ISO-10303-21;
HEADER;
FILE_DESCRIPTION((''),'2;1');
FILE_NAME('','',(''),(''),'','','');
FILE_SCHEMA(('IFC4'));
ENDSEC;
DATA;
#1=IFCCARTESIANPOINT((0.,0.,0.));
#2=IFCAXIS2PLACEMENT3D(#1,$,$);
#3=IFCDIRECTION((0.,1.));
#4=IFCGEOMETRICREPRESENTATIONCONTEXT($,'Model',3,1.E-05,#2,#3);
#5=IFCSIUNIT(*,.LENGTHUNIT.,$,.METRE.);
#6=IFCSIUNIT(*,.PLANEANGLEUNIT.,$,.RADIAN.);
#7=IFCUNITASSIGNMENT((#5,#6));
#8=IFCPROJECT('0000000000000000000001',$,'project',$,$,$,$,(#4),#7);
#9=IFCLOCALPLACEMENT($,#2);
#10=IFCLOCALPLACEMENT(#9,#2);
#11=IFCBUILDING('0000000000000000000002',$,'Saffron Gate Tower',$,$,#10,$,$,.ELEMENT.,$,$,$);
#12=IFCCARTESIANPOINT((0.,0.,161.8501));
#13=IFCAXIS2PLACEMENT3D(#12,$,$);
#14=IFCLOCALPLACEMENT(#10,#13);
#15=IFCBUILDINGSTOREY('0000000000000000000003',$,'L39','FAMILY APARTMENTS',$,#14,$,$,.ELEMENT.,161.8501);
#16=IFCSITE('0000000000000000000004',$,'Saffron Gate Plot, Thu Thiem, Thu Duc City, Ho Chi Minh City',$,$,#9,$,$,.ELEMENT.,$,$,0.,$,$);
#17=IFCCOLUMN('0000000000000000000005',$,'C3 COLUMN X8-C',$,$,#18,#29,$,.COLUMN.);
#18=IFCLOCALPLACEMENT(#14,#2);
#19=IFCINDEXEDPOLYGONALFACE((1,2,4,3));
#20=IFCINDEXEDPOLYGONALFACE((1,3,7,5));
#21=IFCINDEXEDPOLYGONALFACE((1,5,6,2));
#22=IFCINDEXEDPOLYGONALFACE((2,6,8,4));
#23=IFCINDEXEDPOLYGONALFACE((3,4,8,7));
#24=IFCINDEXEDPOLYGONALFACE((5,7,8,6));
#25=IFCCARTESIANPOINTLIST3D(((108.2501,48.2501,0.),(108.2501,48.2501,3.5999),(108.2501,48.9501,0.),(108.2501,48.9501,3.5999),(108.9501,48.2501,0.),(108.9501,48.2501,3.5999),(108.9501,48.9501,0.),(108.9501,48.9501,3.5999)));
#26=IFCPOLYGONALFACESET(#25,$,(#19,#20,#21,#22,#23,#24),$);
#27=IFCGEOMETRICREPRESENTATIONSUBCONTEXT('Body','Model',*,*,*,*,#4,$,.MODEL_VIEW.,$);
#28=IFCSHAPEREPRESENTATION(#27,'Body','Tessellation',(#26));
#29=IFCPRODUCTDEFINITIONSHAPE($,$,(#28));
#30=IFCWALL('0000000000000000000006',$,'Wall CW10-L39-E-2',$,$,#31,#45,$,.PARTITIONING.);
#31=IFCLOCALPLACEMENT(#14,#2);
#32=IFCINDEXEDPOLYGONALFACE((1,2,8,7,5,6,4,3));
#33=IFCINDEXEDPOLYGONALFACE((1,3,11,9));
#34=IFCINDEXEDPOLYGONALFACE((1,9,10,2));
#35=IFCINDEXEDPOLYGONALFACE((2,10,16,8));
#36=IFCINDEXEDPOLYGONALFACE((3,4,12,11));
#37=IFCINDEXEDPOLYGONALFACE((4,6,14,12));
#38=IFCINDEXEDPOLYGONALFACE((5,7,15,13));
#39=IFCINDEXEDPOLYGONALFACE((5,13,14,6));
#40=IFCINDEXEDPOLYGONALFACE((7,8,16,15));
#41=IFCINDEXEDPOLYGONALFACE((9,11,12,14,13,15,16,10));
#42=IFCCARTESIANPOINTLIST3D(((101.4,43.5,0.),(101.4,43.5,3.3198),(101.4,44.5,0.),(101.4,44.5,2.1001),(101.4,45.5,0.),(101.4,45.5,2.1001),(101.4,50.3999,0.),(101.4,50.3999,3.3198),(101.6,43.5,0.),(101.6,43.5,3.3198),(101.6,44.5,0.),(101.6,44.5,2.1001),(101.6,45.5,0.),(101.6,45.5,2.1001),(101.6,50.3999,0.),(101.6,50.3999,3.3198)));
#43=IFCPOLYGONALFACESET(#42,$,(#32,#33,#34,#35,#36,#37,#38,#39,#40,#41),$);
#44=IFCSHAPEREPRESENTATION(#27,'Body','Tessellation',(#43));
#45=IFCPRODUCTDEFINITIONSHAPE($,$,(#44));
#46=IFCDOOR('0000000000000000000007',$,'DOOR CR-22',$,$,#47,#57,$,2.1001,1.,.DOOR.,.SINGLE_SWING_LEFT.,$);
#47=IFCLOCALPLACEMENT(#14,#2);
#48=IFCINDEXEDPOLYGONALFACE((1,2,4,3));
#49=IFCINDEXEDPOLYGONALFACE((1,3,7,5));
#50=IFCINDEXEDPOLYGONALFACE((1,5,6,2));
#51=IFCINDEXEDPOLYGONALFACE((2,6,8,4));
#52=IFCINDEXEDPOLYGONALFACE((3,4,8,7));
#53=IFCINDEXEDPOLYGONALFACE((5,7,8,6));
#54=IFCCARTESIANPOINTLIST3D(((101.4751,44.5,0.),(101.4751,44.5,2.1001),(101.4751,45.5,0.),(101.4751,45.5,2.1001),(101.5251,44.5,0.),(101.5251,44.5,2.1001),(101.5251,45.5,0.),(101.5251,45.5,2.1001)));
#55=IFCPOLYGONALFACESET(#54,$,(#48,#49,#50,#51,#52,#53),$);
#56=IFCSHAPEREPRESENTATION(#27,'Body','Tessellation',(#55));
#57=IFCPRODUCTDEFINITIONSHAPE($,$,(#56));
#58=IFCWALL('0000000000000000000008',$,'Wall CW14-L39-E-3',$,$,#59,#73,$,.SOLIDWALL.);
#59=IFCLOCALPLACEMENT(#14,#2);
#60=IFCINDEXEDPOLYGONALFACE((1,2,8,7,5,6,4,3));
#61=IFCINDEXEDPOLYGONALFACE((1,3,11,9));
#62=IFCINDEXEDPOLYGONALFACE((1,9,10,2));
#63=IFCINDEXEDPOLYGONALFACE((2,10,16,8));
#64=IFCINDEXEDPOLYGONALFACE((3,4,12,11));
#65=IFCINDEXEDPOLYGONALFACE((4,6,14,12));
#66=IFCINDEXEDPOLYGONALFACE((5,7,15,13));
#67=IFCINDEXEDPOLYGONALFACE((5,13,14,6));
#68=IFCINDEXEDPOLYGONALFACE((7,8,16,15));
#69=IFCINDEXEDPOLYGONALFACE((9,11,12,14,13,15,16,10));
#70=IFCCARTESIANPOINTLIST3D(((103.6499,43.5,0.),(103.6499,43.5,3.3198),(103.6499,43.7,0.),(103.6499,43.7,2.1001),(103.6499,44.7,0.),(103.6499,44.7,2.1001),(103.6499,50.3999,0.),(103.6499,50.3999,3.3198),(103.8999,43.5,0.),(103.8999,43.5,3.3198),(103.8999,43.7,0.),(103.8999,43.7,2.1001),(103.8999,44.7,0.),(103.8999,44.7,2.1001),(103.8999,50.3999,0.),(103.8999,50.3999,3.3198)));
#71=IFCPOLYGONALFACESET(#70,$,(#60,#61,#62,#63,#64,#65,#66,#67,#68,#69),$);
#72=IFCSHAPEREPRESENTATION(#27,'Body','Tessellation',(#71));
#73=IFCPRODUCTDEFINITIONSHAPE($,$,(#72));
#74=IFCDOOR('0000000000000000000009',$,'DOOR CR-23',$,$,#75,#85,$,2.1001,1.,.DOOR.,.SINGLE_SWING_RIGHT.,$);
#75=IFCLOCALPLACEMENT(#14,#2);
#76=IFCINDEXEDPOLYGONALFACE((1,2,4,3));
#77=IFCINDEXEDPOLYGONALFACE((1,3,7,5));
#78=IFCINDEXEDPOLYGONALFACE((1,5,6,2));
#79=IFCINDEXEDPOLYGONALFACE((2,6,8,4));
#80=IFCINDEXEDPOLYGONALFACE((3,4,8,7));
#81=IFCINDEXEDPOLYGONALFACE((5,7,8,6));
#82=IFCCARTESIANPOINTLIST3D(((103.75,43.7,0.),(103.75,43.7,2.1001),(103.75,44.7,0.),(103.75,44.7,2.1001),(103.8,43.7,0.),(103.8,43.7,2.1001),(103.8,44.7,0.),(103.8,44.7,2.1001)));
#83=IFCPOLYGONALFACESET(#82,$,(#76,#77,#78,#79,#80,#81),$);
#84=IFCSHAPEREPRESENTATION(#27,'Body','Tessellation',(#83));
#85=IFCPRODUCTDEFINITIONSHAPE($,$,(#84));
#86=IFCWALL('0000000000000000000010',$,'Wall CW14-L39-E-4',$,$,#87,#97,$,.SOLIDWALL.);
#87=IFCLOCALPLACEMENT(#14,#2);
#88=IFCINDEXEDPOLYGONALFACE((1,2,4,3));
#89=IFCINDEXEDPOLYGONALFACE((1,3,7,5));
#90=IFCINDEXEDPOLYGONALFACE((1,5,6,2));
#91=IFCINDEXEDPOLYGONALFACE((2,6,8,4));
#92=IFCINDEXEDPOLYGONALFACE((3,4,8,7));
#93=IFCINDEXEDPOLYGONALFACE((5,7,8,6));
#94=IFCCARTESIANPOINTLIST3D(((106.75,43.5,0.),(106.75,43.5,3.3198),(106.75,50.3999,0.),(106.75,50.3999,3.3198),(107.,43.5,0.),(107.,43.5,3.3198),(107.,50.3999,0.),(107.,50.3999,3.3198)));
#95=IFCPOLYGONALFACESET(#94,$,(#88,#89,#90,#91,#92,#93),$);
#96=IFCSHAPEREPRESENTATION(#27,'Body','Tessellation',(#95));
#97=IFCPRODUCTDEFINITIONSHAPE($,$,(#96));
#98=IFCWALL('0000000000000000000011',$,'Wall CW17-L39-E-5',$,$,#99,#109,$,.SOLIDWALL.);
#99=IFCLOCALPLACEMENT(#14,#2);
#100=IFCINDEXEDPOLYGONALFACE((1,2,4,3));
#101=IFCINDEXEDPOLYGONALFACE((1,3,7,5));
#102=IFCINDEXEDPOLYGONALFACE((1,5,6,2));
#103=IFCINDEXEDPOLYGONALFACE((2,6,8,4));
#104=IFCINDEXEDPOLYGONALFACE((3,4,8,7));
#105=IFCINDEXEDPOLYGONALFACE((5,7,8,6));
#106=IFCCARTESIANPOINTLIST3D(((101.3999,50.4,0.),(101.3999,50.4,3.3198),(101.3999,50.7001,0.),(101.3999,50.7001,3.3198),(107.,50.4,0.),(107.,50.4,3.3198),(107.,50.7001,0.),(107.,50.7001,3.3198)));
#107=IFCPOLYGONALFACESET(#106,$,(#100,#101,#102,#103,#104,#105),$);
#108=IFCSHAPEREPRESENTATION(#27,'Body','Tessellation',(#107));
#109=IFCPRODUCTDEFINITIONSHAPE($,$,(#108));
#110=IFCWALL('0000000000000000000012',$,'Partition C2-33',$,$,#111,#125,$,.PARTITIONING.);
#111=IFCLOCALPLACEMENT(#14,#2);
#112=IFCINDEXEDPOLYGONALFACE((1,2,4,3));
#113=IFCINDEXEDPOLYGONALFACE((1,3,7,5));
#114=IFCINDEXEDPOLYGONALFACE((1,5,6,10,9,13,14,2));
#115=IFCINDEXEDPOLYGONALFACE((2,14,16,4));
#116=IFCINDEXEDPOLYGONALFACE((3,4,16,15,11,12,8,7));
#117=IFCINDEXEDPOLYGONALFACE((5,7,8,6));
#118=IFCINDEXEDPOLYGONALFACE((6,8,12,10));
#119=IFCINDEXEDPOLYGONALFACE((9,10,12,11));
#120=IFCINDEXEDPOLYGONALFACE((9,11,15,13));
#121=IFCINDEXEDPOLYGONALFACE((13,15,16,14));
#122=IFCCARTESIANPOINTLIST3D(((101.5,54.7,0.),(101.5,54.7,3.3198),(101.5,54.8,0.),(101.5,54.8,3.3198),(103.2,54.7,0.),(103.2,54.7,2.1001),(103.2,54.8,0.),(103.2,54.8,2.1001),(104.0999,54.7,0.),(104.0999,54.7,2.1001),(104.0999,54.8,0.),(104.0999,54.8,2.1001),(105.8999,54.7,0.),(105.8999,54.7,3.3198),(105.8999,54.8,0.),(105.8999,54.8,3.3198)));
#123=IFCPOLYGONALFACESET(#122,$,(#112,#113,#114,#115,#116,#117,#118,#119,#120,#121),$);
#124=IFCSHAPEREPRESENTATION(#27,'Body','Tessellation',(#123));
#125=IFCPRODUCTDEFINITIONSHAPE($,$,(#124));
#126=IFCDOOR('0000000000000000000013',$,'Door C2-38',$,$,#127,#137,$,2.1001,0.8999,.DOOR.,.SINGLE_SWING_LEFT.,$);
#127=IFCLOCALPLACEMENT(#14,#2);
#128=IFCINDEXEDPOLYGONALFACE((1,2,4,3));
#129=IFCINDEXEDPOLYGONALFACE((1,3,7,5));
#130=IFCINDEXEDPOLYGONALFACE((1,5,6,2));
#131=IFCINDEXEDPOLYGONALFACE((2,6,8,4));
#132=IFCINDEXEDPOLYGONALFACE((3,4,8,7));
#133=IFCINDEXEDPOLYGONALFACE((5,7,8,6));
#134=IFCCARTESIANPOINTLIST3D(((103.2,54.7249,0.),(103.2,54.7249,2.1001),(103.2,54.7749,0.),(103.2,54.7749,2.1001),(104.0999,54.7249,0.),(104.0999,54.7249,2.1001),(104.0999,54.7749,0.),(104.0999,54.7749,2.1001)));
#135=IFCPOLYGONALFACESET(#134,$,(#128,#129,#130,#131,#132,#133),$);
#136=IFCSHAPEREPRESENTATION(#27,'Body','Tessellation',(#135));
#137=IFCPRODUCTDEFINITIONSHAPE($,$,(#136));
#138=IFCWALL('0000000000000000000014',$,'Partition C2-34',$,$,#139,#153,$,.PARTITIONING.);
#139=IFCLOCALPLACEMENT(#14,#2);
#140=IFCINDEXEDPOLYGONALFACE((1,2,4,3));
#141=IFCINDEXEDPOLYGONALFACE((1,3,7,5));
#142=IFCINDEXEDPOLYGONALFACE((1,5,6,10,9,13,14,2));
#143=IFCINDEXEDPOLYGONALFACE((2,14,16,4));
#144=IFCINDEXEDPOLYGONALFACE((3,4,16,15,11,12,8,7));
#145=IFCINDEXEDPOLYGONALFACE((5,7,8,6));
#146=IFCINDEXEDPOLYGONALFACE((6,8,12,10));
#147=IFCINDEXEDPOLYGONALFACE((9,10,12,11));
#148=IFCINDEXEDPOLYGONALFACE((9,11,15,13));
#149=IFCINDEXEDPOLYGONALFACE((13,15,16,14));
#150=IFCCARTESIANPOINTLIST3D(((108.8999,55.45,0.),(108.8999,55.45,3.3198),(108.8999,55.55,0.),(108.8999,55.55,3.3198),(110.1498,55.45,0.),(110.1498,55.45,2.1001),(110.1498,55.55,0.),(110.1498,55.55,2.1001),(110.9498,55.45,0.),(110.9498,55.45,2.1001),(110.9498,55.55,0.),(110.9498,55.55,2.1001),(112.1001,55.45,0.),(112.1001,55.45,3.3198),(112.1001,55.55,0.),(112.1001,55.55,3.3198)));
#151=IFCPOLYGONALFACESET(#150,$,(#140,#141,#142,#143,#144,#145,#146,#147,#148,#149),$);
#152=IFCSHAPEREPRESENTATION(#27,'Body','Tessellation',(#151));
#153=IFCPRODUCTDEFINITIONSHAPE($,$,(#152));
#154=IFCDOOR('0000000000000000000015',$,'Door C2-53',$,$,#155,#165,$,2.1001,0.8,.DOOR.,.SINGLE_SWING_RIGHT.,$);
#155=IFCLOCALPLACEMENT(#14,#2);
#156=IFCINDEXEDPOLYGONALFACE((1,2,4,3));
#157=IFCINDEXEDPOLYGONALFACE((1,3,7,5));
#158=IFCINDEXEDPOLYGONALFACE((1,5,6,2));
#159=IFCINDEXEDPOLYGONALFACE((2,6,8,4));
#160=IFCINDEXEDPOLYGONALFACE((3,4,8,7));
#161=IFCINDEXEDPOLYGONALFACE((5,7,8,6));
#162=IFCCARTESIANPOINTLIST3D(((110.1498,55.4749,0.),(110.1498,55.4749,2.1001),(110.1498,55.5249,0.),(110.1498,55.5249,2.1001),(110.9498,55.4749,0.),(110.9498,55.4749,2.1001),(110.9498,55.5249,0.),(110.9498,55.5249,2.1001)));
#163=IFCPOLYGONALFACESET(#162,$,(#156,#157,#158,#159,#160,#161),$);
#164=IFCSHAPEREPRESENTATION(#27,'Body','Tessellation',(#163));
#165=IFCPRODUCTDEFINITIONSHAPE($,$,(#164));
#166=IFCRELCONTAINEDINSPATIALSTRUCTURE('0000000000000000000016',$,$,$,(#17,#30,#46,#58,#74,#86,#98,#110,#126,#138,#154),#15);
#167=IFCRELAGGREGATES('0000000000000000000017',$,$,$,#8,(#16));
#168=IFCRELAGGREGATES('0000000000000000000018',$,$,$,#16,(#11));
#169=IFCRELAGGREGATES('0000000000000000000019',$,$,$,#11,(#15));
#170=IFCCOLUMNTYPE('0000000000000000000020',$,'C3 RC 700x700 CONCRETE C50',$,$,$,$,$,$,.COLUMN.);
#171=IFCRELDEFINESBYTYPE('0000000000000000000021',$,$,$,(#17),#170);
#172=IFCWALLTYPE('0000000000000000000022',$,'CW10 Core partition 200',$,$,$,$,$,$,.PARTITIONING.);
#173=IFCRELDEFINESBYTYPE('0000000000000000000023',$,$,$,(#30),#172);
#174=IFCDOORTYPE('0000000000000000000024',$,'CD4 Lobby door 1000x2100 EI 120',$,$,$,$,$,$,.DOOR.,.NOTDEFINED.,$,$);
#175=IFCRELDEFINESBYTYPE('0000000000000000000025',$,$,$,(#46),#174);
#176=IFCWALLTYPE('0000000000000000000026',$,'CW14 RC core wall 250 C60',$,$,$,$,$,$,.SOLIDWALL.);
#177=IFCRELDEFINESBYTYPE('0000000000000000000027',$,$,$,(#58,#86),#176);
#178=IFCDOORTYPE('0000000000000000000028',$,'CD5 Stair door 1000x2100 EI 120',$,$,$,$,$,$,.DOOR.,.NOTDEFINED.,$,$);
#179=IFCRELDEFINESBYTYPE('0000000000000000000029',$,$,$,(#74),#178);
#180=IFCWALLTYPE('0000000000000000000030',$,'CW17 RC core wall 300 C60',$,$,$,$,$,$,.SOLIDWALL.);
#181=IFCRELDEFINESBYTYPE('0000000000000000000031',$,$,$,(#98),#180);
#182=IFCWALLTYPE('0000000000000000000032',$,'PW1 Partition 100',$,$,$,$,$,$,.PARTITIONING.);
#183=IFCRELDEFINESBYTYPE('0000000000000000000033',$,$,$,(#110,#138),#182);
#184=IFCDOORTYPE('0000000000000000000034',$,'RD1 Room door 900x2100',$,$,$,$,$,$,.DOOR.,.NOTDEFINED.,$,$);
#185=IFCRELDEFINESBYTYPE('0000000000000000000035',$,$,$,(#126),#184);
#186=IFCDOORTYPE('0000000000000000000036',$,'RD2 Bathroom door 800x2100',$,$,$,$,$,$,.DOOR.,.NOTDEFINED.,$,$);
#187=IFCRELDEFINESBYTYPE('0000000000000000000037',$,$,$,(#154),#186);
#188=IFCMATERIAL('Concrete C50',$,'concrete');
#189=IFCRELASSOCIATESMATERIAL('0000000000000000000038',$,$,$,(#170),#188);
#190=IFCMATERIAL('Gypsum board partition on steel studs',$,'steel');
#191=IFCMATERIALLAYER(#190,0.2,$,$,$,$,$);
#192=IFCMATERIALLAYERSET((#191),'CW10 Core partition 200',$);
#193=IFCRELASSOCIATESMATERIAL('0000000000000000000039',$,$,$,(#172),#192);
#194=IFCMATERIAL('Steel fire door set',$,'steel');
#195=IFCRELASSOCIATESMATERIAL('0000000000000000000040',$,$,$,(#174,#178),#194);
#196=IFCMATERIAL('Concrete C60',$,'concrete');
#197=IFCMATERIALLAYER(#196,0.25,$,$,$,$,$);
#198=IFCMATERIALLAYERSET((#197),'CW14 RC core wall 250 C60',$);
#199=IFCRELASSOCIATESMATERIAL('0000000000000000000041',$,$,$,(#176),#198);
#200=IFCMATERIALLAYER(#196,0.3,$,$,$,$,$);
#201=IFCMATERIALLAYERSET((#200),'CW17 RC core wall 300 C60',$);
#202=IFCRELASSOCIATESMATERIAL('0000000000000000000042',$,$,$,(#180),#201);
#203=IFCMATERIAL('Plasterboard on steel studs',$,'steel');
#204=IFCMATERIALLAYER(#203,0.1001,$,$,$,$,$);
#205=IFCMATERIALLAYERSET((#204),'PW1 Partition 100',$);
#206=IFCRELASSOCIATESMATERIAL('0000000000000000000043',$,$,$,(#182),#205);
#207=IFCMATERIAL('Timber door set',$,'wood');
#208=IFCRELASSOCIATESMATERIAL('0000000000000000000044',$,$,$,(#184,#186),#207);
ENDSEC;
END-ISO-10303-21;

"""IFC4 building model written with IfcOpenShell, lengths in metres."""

from ifc_helpers import new_model, si_unit, direction, frame, frame_2d, origin, origin_2d, place, context, subcontext, project, spatial, rectangle, extrude, material, layer, layer_set, material_profile, profile_set, type_object, element, fill, save


model = new_model("IFC4")

# Units and contexts
model_context = context("Model", 3, precision=1e-05, world=origin(), true_north=direction((0.0, 1.0)))
body_context = subcontext(model_context, "Body", "Model", "MODEL_VIEW")
ifc_project = project(units=[si_unit("LENGTHUNIT", "METRE"), si_unit("PLANEANGLEUNIT", "RADIAN")], contexts=[model_context])

# Site, building, storey
site_placement = place(None, origin())
site = spatial("IfcSite", under=ifc_project, at=site_placement, Name="Saffron Gate Plot, Thu Thiem, Thu Duc City, Ho Chi Minh City", CompositionType="ELEMENT", RefElevation=0.0)
building_placement = place(site_placement, origin())
building = spatial("IfcBuilding", under=site, at=building_placement, Name="Saffron Gate Tower", CompositionType="ELEMENT")
storey_placement = place(building_placement, frame((0.0, 0.0, 161.8501)))
storey = spatial("IfcBuildingStorey", under=building, at=storey_placement, Name="L39", Description="FAMILY APARTMENTS", CompositionType="ELEMENT", Elevation=161.8501)

# Column
ifc_material_1 = material(Name="Concrete C50", Category="concrete")
ifc_material_profile = material_profile(ifc_material_1, rectangle(XDim=0.7, YDim=0.7, at=origin_2d()))
ifc_profile_set = profile_set([ifc_material_profile], Name="Concrete C50")
column_type = type_object("IfcColumnType", Name="C3 RC 700x700 CONCRETE C50", PredefinedType="COLUMN", material=ifc_profile_set)
column_placement = place(storey_placement, frame((108.6001, 48.6001, 0.0), z_axis=(0.0, 0.0, 1.0), x_axis=(1.0, 0.0, 0.0)))
element("IfcColumn", 1, at=column_placement, inside=storey, type_object=column_type, Name="C3 COLUMN X8-C", PredefinedType="COLUMN", context=body_context, shape_type="SweptSolid", body=[
    extrude(rectangle(XDim=0.7, YDim=0.7, at=origin_2d()), origin(), (0.0, 0.0, 1.0), 3.5999),
])

# Walls, openings, doors
ifc_material_2 = material(Name="Gypsum board partition on steel studs", Category="steel")
ifc_layer_1 = layer(ifc_material_2, 0.2)
ifc_layer_set_1 = layer_set([ifc_layer_1], Name="CW10 Core partition 200")
wall_type_1 = type_object("IfcWallType", Name="CW10 Core partition 200", PredefinedType="PARTITIONING", material=ifc_layer_set_1)
wall_1_placement = place(storey_placement, frame((101.5, 43.5, 0.0), z_axis=(0.0, 0.0, 1.0), x_axis=(0.0, 1.0, 0.0)))
wall_1 = element("IfcWall", 2, at=wall_1_placement, inside=storey, type_object=wall_type_1, Name="Wall CW10-L39-E-2", PredefinedType="PARTITIONING", context=body_context, shape_type="SweptSolid", body=[
    extrude(rectangle(XDim=6.8999, YDim=0.2, at=frame_2d((3.45, 0.0))), origin(), (0.0, 0.0, 1.0), 3.3198),
])
opening_1_placement = place(wall_1_placement, frame((1.0, 0.0, 0.0)))
opening_1 = element("IfcOpeningElement", 3, at=opening_1_placement, cuts=wall_1, PredefinedType="OPENING", context=body_context, shape_type="SweptSolid", body=[
    extrude(rectangle(XDim=1.0, YDim=2.1001, at=frame_2d((0.5, 1.05))), frame((0.0, 0.1099, 0.0), z_axis=(0.0, -1.0, 0.0), x_axis=(1.0, 0.0, 0.0)), (0.0, 0.0, 1.0), 0.22),
])
ifc_material_3 = material(Name="Steel fire door set", Category="steel")
door_type_1 = type_object("IfcDoorType", Name="CD4 Lobby door 1000x2100 EI 120", OperationType="NOTDEFINED", PredefinedType="DOOR", material=ifc_material_3)
door_1_placement = place(opening_1_placement, origin())
door_1 = element("IfcDoor", 4, at=door_1_placement, inside=storey, type_object=door_type_1, Name="DOOR CR-22", OperationType="SINGLE_SWING_LEFT", OverallHeight=2.1001, OverallWidth=1.0, PredefinedType="DOOR", context=body_context, shape_type="SweptSolid", body=[
    extrude(rectangle(XDim=1.0, YDim=2.1001, at=frame_2d((0.5, 1.05))), frame((0.0, 0.0249, 0.0), z_axis=(0.0, -1.0, 0.0), x_axis=(1.0, 0.0, 0.0)), (0.0, 0.0, 1.0), 0.05),
])
fill(opening_1, door_1)
ifc_material_4 = material(Name="Concrete C60", Category="concrete")
ifc_layer_2 = layer(ifc_material_4, 0.25)
ifc_layer_set_2 = layer_set([ifc_layer_2], Name="CW14 RC core wall 250 C60")
wall_type_2 = type_object("IfcWallType", Name="CW14 RC core wall 250 C60", PredefinedType="SOLIDWALL", material=ifc_layer_set_2)
wall_2_placement = place(storey_placement, frame((103.7749, 43.5, 0.0), z_axis=(0.0, 0.0, 1.0), x_axis=(0.0, 1.0, 0.0)))
wall_2 = element("IfcWall", 5, at=wall_2_placement, inside=storey, type_object=wall_type_2, Name="Wall CW14-L39-E-3", PredefinedType="SOLIDWALL", context=body_context, shape_type="SweptSolid", body=[
    extrude(rectangle(XDim=6.8999, YDim=0.25, at=frame_2d((3.45, 0.0))), origin(), (0.0, 0.0, 1.0), 3.3198),
])
opening_2_placement = place(wall_2_placement, frame((0.2, 0.0, 0.0)))
opening_2 = element("IfcOpeningElement", 6, at=opening_2_placement, cuts=wall_2, PredefinedType="OPENING", context=body_context, shape_type="SweptSolid", body=[
    extrude(rectangle(XDim=1.0, YDim=2.1001, at=frame_2d((0.5, 1.05))), frame((0.0, 0.135, 0.0), z_axis=(0.0, -1.0, 0.0), x_axis=(1.0, 0.0, 0.0)), (0.0, 0.0, 1.0), 0.27),
])
door_type_2 = type_object("IfcDoorType", Name="CD5 Stair door 1000x2100 EI 120", OperationType="NOTDEFINED", PredefinedType="DOOR", material=ifc_material_3)
door_2_placement = place(opening_2_placement, origin())
door_2 = element("IfcDoor", 7, at=door_2_placement, inside=storey, type_object=door_type_2, Name="DOOR CR-23", OperationType="SINGLE_SWING_RIGHT", OverallHeight=2.1001, OverallWidth=1.0, PredefinedType="DOOR", context=body_context, shape_type="SweptSolid", body=[
    extrude(rectangle(XDim=1.0, YDim=2.1001, at=frame_2d((0.5, 1.05))), frame((0.0, 0.0249, 0.0), z_axis=(0.0, -1.0, 0.0), x_axis=(1.0, 0.0, 0.0)), (0.0, 0.0, 1.0), 0.05),
])
fill(opening_2, door_2)

# Walls
wall_3_placement = place(storey_placement, frame((106.875, 43.5, 0.0), z_axis=(0.0, 0.0, 1.0), x_axis=(0.0, 1.0, 0.0)))
element("IfcWall", 8, at=wall_3_placement, inside=storey, type_object=wall_type_2, Name="Wall CW14-L39-E-4", PredefinedType="SOLIDWALL", context=body_context, shape_type="SweptSolid", body=[
    extrude(rectangle(XDim=6.8999, YDim=0.25, at=frame_2d((3.45, 0.0))), origin(), (0.0, 0.0, 1.0), 3.3198),
])
ifc_layer_3 = layer(ifc_material_4, 0.3)
ifc_layer_set_3 = layer_set([ifc_layer_3], Name="CW17 RC core wall 300 C60")
wall_type_3 = type_object("IfcWallType", Name="CW17 RC core wall 300 C60", PredefinedType="SOLIDWALL", material=ifc_layer_set_3)
wall_4_placement = place(storey_placement, frame((101.3999, 50.55, 0.0), z_axis=(0.0, 0.0, 1.0), x_axis=(1.0, 0.0, 0.0)))
element("IfcWall", 9, at=wall_4_placement, inside=storey, type_object=wall_type_3, Name="Wall CW17-L39-E-5", PredefinedType="SOLIDWALL", context=body_context, shape_type="SweptSolid", body=[
    extrude(rectangle(XDim=5.6001, YDim=0.3, at=frame_2d((2.8, 0.0))), origin(), (0.0, 0.0, 1.0), 3.3198),
])

# Walls, openings, doors
ifc_material_5 = material(Name="Plasterboard on steel studs", Category="steel")
ifc_layer_4 = layer(ifc_material_5, 0.1001)
ifc_layer_set_4 = layer_set([ifc_layer_4], Name="PW1 Partition 100")
wall_type_4 = type_object("IfcWallType", Name="PW1 Partition 100", PredefinedType="PARTITIONING", material=ifc_layer_set_4)
wall_5_placement = place(storey_placement, frame((101.5, 54.75, 0.0), z_axis=(0.0, 0.0, 1.0), x_axis=(1.0, 0.0, 0.0)))
wall_5 = element("IfcWall", 10, at=wall_5_placement, inside=storey, type_object=wall_type_4, Name="Partition C2-33", PredefinedType="PARTITIONING", context=body_context, shape_type="SweptSolid", body=[
    extrude(rectangle(XDim=4.3999, YDim=0.1001, at=frame_2d((2.2, 0.0))), origin(), (0.0, 0.0, 1.0), 3.3198),
])
opening_3_placement = place(wall_5_placement, frame((1.7, 0.0, 0.0)))
opening_3 = element("IfcOpeningElement", 11, at=opening_3_placement, cuts=wall_5, PredefinedType="OPENING", context=body_context, shape_type="SweptSolid", body=[
    extrude(rectangle(XDim=0.8999, YDim=2.1001, at=frame_2d((0.45, 1.05))), frame((0.0, 0.0601, 0.0), z_axis=(0.0, -1.0, 0.0), x_axis=(1.0, 0.0, 0.0)), (0.0, 0.0, 1.0), 0.1201),
])
ifc_material_6 = material(Name="Timber door set", Category="wood")
door_type_3 = type_object("IfcDoorType", Name="RD1 Room door 900x2100", OperationType="NOTDEFINED", PredefinedType="DOOR", material=ifc_material_6)
door_3_placement = place(opening_3_placement, origin())
door_3 = element("IfcDoor", 12, at=door_3_placement, inside=storey, type_object=door_type_3, Name="Door C2-38", OperationType="SINGLE_SWING_LEFT", OverallHeight=2.1001, OverallWidth=0.8999, PredefinedType="DOOR", context=body_context, shape_type="SweptSolid", body=[
    extrude(rectangle(XDim=0.8999, YDim=2.1001, at=frame_2d((0.45, 1.05))), frame((0.0, 0.0249, 0.0), z_axis=(0.0, -1.0, 0.0), x_axis=(1.0, 0.0, 0.0)), (0.0, 0.0, 1.0), 0.05),
])
fill(opening_3, door_3)
wall_6_placement = place(storey_placement, frame((108.8999, 55.5, 0.0), z_axis=(0.0, 0.0, 1.0), x_axis=(1.0, 0.0, 0.0)))
wall_6 = element("IfcWall", 13, at=wall_6_placement, inside=storey, type_object=wall_type_4, Name="Partition C2-34", PredefinedType="PARTITIONING", context=body_context, shape_type="SweptSolid", body=[
    extrude(rectangle(XDim=3.2002, YDim=0.1001, at=frame_2d((1.6001, 0.0))), origin(), (0.0, 0.0, 1.0), 3.3198),
])
opening_4_placement = place(wall_6_placement, frame((1.25, 0.0, 0.0)))
opening_4 = element("IfcOpeningElement", 14, at=opening_4_placement, cuts=wall_6, PredefinedType="OPENING", context=body_context, shape_type="SweptSolid", body=[
    extrude(rectangle(XDim=0.8, YDim=2.1001, at=frame_2d((0.3999, 1.05))), frame((0.0, 0.0601, 0.0), z_axis=(0.0, -1.0, 0.0), x_axis=(1.0, 0.0, 0.0)), (0.0, 0.0, 1.0), 0.1201),
])
door_type_4 = type_object("IfcDoorType", Name="RD2 Bathroom door 800x2100", OperationType="NOTDEFINED", PredefinedType="DOOR", material=ifc_material_6)
door_4_placement = place(opening_4_placement, origin())
door_4 = element("IfcDoor", 15, at=door_4_placement, inside=storey, type_object=door_type_4, Name="Door C2-53", OperationType="SINGLE_SWING_RIGHT", OverallHeight=2.1001, OverallWidth=0.8, PredefinedType="DOOR", context=body_context, shape_type="SweptSolid", body=[
    extrude(rectangle(XDim=0.8, YDim=2.1001, at=frame_2d((0.3999, 1.05))), frame((0.0, 0.0249, 0.0), z_axis=(0.0, -1.0, 0.0), x_axis=(1.0, 0.0, 0.0)), (0.0, 0.0, 1.0), 0.05),
])
fill(opening_4, door_4)

save(model, "model.ifc")
